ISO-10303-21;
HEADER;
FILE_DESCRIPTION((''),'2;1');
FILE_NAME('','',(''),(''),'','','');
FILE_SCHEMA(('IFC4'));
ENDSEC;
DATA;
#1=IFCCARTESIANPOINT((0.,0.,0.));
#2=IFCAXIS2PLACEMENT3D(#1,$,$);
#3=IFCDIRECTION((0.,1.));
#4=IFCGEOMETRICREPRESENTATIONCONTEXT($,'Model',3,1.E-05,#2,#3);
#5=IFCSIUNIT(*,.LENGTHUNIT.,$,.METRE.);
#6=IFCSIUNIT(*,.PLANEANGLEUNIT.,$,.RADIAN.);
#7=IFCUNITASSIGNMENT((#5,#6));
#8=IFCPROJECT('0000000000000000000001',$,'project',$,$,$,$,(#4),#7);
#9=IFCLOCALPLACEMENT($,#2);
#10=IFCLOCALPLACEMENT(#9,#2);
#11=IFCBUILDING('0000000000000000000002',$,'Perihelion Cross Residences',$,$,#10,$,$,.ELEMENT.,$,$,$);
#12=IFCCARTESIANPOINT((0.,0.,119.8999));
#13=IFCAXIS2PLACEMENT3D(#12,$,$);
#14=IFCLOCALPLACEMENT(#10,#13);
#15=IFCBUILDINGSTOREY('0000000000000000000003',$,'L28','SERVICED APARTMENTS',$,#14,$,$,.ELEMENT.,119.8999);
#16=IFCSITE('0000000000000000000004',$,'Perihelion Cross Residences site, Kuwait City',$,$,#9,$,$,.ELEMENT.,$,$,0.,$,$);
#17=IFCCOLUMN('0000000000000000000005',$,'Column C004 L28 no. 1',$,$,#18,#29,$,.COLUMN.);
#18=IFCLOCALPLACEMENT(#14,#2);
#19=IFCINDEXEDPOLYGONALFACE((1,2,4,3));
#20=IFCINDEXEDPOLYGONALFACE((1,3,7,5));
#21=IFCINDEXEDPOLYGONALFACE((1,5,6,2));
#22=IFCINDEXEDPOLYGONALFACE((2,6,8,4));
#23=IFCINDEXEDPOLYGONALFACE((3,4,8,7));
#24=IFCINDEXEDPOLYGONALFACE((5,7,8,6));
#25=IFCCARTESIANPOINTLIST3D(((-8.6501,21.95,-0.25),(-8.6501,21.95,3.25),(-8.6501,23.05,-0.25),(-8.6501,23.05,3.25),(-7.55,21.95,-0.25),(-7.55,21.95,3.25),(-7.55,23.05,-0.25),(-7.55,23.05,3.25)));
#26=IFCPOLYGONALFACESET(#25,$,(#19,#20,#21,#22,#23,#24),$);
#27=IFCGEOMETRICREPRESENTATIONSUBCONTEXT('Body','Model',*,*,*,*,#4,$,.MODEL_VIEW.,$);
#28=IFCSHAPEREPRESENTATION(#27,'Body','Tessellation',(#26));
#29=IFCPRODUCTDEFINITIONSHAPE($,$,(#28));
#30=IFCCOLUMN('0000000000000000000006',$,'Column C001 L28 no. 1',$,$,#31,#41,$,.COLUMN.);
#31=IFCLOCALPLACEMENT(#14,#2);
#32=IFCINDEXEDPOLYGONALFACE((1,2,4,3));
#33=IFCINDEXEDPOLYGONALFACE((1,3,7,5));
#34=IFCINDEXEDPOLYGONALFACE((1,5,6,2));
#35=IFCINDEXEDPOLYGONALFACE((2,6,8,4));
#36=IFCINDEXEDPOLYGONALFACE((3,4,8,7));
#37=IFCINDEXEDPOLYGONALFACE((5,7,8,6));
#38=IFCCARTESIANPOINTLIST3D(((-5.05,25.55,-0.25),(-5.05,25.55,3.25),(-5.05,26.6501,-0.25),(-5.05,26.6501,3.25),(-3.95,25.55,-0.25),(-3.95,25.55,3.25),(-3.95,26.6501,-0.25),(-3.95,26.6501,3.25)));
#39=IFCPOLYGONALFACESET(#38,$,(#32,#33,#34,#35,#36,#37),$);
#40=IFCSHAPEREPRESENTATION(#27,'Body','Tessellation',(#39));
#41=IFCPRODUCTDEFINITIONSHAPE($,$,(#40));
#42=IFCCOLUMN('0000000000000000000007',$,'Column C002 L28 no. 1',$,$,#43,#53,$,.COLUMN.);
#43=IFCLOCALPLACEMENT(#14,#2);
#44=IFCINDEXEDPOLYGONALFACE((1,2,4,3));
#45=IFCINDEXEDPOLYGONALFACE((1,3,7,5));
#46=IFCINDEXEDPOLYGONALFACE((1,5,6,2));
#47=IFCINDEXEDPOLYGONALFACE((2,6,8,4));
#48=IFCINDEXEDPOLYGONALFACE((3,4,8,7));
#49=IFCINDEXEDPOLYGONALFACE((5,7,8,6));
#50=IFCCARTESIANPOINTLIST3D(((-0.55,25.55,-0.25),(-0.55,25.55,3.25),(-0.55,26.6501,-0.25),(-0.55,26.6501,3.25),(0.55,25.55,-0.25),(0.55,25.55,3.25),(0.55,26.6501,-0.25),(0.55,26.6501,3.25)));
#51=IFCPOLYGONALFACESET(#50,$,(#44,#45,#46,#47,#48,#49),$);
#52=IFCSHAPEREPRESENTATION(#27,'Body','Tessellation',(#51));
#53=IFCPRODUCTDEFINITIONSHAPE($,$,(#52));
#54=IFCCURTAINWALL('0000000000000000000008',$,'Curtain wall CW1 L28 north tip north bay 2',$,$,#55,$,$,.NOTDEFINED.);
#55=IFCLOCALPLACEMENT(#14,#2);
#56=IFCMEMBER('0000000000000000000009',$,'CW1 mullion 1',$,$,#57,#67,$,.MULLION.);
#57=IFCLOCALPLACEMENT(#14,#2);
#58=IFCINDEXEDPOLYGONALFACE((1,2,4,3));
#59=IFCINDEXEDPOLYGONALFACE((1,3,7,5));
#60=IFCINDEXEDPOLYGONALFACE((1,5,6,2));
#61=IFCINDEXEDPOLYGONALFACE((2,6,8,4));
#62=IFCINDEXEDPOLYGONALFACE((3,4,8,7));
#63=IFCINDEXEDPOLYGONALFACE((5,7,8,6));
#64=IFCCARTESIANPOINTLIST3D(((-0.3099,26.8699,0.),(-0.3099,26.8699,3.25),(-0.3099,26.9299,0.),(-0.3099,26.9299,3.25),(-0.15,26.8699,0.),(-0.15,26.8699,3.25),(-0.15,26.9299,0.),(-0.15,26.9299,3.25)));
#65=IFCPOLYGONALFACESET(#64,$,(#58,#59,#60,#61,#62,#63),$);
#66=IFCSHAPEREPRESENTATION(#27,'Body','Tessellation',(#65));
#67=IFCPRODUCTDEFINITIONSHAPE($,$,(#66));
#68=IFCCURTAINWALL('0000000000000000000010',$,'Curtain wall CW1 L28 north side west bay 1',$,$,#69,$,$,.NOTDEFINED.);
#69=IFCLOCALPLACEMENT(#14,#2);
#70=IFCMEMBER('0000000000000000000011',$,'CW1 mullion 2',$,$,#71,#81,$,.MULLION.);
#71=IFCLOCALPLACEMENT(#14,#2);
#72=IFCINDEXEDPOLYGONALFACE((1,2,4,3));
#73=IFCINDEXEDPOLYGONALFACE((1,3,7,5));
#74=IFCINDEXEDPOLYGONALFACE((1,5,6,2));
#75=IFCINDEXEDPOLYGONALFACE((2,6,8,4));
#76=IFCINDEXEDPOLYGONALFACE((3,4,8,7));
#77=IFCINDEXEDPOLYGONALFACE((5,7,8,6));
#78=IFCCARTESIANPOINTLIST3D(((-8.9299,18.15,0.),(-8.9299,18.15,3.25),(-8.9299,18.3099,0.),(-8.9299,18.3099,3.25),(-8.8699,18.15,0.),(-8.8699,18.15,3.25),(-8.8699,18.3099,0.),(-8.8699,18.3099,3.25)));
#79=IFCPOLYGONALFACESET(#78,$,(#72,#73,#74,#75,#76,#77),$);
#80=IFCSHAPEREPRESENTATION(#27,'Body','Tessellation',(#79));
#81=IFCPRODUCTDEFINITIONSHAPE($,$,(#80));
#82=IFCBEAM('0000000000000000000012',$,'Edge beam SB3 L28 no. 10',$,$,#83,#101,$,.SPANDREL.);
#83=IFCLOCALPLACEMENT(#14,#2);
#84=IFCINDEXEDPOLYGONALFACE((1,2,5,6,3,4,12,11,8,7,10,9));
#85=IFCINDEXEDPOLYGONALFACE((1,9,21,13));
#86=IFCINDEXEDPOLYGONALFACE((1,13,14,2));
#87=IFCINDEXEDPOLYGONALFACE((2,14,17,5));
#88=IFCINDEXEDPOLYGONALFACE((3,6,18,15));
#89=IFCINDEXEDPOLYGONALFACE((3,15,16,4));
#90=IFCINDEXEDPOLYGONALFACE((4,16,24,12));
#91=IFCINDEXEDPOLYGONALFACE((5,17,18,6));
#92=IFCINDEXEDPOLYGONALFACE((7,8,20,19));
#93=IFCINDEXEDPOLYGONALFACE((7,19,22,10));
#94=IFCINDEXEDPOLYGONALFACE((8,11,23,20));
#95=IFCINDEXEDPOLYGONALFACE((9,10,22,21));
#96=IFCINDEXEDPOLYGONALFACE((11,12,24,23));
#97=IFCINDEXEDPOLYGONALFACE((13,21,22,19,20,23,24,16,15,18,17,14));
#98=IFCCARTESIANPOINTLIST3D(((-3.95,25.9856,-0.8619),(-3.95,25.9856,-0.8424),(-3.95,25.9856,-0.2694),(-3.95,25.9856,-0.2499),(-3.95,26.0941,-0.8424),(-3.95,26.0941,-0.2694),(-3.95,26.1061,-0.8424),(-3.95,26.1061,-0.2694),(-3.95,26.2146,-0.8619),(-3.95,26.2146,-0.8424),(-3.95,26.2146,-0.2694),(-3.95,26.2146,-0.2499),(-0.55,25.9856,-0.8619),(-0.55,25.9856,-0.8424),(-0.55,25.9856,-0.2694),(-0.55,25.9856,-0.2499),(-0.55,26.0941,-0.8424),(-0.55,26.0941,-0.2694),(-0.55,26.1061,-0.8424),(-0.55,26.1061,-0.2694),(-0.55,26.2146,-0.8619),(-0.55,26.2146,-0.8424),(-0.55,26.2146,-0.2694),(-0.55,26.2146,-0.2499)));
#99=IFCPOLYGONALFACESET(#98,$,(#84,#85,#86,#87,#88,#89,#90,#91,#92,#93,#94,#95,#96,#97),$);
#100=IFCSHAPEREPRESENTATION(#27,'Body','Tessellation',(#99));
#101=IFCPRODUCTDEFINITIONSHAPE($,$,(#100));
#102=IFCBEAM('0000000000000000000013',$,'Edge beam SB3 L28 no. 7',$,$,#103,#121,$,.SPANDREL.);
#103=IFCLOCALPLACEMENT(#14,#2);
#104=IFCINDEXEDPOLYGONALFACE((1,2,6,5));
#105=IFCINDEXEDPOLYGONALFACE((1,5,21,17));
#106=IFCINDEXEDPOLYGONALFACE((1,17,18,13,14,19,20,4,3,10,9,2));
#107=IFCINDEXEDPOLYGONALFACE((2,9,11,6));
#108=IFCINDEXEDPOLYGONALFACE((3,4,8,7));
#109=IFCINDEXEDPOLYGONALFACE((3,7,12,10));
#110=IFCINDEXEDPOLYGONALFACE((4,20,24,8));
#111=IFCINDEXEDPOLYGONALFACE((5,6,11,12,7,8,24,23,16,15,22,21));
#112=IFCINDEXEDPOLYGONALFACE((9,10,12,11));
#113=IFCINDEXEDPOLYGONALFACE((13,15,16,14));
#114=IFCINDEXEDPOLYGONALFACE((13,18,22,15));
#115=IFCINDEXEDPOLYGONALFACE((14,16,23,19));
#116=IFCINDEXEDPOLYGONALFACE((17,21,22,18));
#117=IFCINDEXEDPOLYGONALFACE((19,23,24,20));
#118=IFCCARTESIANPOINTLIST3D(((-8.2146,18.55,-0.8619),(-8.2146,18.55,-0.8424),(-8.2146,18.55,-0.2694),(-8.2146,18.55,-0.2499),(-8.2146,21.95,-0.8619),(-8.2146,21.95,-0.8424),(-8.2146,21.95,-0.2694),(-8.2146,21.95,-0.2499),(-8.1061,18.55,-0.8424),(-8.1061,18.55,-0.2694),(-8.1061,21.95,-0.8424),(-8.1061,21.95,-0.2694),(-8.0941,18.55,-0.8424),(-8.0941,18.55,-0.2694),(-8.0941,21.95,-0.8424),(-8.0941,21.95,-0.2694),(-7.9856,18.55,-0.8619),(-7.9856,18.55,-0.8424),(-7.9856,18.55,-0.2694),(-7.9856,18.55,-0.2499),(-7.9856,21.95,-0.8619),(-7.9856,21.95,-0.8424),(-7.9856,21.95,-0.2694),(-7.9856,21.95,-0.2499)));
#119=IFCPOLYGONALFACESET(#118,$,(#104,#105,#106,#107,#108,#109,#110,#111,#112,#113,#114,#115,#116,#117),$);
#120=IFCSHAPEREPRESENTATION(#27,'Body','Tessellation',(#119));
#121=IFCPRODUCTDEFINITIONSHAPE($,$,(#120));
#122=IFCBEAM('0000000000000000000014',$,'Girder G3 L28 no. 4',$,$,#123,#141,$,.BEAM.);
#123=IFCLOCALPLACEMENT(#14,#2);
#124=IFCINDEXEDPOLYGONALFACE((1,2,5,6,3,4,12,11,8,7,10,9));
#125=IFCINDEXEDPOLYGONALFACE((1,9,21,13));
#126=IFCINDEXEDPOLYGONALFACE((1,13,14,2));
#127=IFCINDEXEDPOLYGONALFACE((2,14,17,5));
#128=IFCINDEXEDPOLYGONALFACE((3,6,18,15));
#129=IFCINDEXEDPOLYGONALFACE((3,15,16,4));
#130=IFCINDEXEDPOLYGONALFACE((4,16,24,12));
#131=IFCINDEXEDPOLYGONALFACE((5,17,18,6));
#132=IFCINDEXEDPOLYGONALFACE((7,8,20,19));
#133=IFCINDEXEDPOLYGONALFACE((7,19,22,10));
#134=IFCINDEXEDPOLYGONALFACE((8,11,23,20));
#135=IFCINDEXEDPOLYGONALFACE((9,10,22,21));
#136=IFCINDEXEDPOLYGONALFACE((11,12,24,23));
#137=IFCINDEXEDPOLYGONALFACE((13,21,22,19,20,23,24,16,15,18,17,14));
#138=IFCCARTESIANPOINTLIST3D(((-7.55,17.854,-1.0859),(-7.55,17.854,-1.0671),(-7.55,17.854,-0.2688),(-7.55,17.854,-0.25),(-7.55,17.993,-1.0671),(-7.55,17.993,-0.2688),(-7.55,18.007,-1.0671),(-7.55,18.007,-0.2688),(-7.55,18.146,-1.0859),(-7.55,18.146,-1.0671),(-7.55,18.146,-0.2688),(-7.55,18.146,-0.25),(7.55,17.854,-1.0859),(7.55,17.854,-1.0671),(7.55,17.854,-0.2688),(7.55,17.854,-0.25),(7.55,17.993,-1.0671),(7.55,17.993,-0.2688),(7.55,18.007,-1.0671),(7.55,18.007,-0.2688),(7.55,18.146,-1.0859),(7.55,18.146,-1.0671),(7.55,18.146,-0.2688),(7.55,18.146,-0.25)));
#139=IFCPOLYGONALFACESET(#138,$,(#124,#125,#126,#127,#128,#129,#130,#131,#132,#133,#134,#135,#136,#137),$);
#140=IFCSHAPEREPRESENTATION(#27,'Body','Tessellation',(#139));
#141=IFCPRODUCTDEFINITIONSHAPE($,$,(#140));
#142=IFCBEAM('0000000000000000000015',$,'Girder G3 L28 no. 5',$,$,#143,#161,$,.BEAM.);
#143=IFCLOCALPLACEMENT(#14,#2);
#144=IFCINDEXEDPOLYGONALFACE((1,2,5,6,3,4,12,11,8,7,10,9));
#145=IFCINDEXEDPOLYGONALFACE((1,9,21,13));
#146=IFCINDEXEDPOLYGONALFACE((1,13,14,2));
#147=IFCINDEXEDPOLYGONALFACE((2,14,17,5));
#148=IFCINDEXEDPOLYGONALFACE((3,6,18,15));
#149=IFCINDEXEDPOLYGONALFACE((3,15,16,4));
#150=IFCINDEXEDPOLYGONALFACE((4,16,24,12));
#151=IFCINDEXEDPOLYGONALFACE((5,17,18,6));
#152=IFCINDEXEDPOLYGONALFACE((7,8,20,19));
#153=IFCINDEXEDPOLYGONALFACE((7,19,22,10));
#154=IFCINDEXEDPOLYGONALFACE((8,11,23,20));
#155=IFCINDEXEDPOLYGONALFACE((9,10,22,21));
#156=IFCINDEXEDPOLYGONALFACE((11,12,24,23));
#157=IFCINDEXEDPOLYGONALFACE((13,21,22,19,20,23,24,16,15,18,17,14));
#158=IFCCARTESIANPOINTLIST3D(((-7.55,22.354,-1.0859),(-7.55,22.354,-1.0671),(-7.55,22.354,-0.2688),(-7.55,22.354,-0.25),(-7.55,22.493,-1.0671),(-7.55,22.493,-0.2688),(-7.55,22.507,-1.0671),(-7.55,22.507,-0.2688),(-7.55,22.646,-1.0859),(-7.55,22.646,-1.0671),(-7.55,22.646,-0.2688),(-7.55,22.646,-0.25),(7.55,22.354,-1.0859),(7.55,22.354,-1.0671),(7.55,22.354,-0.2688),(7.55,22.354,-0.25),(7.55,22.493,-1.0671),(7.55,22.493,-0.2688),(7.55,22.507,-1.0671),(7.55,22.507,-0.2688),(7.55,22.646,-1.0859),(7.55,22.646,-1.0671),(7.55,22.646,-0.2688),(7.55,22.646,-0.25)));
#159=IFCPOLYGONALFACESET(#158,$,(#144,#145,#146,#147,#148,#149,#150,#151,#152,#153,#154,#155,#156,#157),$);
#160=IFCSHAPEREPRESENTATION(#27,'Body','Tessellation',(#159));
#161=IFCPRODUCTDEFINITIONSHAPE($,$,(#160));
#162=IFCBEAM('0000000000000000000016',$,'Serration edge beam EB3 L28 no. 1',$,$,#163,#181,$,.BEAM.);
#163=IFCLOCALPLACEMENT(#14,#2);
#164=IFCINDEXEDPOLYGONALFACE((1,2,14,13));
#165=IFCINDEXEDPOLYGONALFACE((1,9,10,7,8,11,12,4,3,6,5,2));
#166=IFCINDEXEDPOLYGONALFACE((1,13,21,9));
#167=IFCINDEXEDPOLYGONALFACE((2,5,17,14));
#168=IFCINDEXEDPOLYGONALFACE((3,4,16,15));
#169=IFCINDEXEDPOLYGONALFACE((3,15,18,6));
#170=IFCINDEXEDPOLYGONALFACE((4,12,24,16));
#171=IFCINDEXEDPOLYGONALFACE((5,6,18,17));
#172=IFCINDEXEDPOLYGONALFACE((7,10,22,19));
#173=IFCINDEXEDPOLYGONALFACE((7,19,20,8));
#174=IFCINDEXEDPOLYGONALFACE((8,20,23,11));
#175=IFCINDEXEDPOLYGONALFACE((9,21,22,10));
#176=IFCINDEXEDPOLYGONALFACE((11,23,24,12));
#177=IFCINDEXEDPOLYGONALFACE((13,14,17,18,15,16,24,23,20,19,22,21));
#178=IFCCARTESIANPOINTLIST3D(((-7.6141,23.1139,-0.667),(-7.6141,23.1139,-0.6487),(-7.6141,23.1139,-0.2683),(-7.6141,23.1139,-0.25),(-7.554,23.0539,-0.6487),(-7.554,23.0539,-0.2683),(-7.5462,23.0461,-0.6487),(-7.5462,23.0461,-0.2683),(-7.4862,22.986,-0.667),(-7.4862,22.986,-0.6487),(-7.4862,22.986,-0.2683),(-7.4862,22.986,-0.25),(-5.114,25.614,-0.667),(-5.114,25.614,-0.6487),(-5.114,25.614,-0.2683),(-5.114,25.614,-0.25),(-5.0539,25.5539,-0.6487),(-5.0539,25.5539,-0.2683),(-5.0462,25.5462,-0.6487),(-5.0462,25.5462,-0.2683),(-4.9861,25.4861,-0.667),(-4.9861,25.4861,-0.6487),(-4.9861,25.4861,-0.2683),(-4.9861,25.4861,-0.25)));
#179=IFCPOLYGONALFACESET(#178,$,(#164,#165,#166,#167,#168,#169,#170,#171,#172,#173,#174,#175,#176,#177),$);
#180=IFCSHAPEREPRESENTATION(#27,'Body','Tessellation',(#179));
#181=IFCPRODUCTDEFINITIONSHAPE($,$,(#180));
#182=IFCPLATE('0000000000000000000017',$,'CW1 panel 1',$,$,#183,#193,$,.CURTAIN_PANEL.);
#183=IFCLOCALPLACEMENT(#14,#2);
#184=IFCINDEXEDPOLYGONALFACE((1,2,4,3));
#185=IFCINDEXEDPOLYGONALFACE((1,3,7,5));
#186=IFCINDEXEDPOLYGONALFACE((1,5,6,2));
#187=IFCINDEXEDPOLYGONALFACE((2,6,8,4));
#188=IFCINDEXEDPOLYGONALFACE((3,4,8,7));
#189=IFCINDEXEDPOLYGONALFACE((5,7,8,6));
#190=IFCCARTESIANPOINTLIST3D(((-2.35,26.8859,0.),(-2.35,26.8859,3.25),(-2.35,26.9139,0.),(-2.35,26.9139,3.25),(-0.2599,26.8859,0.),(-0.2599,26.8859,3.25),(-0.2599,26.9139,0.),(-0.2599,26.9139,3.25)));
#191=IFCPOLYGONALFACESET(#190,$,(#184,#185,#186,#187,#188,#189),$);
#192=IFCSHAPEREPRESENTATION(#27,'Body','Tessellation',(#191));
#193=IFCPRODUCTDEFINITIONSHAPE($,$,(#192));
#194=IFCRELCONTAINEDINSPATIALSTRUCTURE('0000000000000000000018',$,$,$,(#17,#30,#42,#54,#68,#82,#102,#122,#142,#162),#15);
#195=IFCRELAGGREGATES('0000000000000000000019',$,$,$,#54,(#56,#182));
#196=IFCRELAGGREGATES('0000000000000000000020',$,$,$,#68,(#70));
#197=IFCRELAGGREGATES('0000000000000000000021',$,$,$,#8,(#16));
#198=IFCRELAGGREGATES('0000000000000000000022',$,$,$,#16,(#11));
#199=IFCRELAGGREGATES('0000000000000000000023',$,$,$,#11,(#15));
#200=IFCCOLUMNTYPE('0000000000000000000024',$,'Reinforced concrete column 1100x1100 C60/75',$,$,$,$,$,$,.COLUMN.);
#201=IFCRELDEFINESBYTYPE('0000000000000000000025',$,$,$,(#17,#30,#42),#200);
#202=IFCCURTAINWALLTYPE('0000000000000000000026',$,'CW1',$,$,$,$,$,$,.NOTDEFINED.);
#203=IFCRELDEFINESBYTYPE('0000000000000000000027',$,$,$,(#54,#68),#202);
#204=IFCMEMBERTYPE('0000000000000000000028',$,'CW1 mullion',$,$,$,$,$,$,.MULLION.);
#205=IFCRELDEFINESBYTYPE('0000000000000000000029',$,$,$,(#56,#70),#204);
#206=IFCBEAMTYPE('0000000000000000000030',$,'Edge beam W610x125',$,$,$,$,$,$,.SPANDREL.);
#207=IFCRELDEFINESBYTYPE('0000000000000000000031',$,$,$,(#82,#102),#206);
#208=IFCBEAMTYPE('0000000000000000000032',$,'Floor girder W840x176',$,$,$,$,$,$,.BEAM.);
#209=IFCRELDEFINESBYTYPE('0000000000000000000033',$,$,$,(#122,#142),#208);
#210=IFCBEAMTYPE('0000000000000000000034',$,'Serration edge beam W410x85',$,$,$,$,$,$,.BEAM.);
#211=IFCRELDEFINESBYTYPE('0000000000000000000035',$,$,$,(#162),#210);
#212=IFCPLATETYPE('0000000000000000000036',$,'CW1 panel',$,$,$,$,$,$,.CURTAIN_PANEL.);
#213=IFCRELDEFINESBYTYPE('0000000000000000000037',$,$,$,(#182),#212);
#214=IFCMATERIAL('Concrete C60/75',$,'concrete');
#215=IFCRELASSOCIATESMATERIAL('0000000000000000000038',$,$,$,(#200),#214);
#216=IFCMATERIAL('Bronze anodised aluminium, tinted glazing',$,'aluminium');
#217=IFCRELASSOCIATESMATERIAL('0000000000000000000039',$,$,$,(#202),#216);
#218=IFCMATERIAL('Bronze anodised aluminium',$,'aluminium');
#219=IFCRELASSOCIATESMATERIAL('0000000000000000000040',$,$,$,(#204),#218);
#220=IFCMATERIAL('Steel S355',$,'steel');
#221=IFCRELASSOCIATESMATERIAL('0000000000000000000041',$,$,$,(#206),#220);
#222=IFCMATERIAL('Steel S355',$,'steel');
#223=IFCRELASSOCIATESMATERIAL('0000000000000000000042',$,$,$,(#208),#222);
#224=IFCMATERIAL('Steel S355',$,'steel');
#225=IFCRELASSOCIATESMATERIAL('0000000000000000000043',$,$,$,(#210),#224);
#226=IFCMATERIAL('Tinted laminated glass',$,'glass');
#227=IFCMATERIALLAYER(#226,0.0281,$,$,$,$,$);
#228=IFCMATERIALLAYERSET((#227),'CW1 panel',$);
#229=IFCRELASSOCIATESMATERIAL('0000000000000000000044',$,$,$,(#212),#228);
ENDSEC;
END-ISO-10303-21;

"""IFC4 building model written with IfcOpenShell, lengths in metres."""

from ifc_helpers import new_model, si_unit, direction, frame, origin, origin_2d, place, context, subcontext, project, spatial, rectangle, i_section, extrude, material, layer, layer_set, material_profile, profile_set, type_object, element, aggregate, save


model = new_model("IFC4")

# Units and contexts
model_context = context("Model", 3, precision=1e-05, world=origin(), true_north=direction((0.0, 1.0)))
body_context = subcontext(model_context, "Body", "Model", "MODEL_VIEW")
ifc_project = project(units=[si_unit("LENGTHUNIT", "METRE"), si_unit("PLANEANGLEUNIT", "RADIAN")], contexts=[model_context])

# Site, building, storey
site_placement = place(None, origin())
site = spatial("IfcSite", under=ifc_project, at=site_placement, Name="Perihelion Cross Residences site, Kuwait City", CompositionType="ELEMENT", RefElevation=0.0)
building_placement = place(site_placement, origin())
building = spatial("IfcBuilding", under=site, at=building_placement, Name="Perihelion Cross Residences", CompositionType="ELEMENT")
storey_placement = place(building_placement, frame((0.0, 0.0, 119.8999)))
storey = spatial("IfcBuildingStorey", under=building, at=storey_placement, Name="L28", Description="SERVICED APARTMENTS", CompositionType="ELEMENT", Elevation=119.8999)

# Columns
ifc_material_1 = material(Name="Concrete C60/75", Category="concrete")
ifc_material_profile_1 = material_profile(ifc_material_1, rectangle(XDim=1.1001, YDim=1.1001, at=origin_2d()), Name="RC 1100x1100")
ifc_profile_set_1 = profile_set([ifc_material_profile_1], Name="Concrete C60/75")
column_type = type_object("IfcColumnType", Name="Reinforced concrete column 1100x1100 C60/75", PredefinedType="COLUMN", material=ifc_profile_set_1)
for number, where, z_axis, x_axis, name in (
    (1, (-8.1001, 22.5, -0.25), (0.0, 0.0, 1.0), (1.0, 0.0, 0.0), "Column C004 L28 no. 1"),
    (2, (-4.5, 26.1001, -0.25), (0.0, 0.0, 1.0), (1.0, 0.0, 0.0), "Column C001 L28 no. 1"),
    (3, (0.0, 26.1001, -0.25), (0.0, 0.0, 1.0), (1.0, 0.0, 0.0), "Column C002 L28 no. 1"),
):
    element("IfcColumn", number, at=place(storey_placement, frame(where, z_axis=z_axis, x_axis=x_axis)), inside=storey, type_object=column_type, Name=name, PredefinedType="COLUMN", context=body_context, shape_type="SweptSolid", body=[
        extrude(rectangle(XDim=1.1001, YDim=1.1001, at=origin_2d()), origin(), (0.0, 0.0, 1.0), 3.5),
    ])

# Curtain walls, members
ifc_material_2 = material(Name="Bronze anodised aluminium, tinted glazing", Category="aluminium")
curtain_wall_type = type_object("IfcCurtainWallType", Name="CW1", PredefinedType="NOTDEFINED", material=ifc_material_2)
curtain_wall_1_placement = place(storey_placement, origin())
curtain_wall_1 = element("IfcCurtainWall", 4, at=curtain_wall_1_placement, inside=storey, type_object=curtain_wall_type, Name="Curtain wall CW1 L28 north tip north bay 2", PredefinedType="NOTDEFINED")
ifc_material_3 = material(Name="Bronze anodised aluminium", Category="aluminium")
ifc_material_profile_2 = material_profile(ifc_material_3, rectangle(XDim=0.0601, YDim=0.1599, at=origin_2d()), Name="CW1 mullion")
ifc_profile_set_2 = profile_set([ifc_material_profile_2], Name="Bronze anodised aluminium")
member_type = type_object("IfcMemberType", Name="CW1 mullion", PredefinedType="MULLION", material=ifc_profile_set_2)
member_1_placement = place(storey_placement, frame((-0.23, 26.8999, 0.0), z_axis=(0.0, 0.0, 1.0), x_axis=(0.0, -1.0, 0.0)))
member_1 = element("IfcMember", 5, at=member_1_placement, type_object=member_type, Name="CW1 mullion 1", PredefinedType="MULLION", context=body_context, shape_type="SweptSolid", body=[
    extrude(rectangle(XDim=0.0601, YDim=0.1599, at=origin_2d()), origin(), (0.0, 0.0, 1.0), 3.25),
])
curtain_wall_2_placement = place(storey_placement, origin())
curtain_wall_2 = element("IfcCurtainWall", 6, at=curtain_wall_2_placement, inside=storey, type_object=curtain_wall_type, Name="Curtain wall CW1 L28 north side west bay 1", PredefinedType="NOTDEFINED")
member_2_placement = place(storey_placement, frame((-8.8999, 18.23, 0.0), z_axis=(0.0, 0.0, 1.0), x_axis=(1.0, 0.0, 0.0)))
member_2 = element("IfcMember", 7, at=member_2_placement, type_object=member_type, Name="CW1 mullion 2", PredefinedType="MULLION", context=body_context, shape_type="SweptSolid", body=[
    extrude(rectangle(XDim=0.0601, YDim=0.1599, at=origin_2d()), origin(), (0.0, 0.0, 1.0), 3.25),
])

# Beams
ifc_material_4 = material(Name="Steel S355", Category="steel")
ifc_material_profile_3 = material_profile(ifc_material_4, i_section(OverallWidth=0.229, OverallDepth=0.6121, WebThickness=0.012, FlangeThickness=0.0195, at=origin_2d()), Name="W610x125")
ifc_profile_set_3 = profile_set([ifc_material_profile_3], Name="Steel S355")
beam_type_1 = type_object("IfcBeamType", Name="Edge beam W610x125", PredefinedType="SPANDREL", material=ifc_profile_set_3)
for number, where, z_axis, x_axis, name in (
    (8, (-0.55, 26.1001, -0.5559), (-1.0, 0.0, 0.0), (0.0, -1.0, 0.0), "Edge beam SB3 L28 no. 10"),
    (9, (-8.1001, 21.95, -0.5559), (0.0, -1.0, 0.0), (1.0, 0.0, 0.0), "Edge beam SB3 L28 no. 7"),
):
    element("IfcBeam", number, at=place(storey_placement, frame(where, z_axis=z_axis, x_axis=x_axis)), inside=storey, type_object=beam_type_1, Name=name, PredefinedType="SPANDREL", context=body_context, shape_type="SweptSolid", body=[
        extrude(i_section(OverallWidth=0.229, OverallDepth=0.6121, WebThickness=0.012, FlangeThickness=0.0195, at=origin_2d()), origin(), (0.0, 0.0, 1.0), 3.3999),
    ])
ifc_material_5 = material(Name="Steel S355", Category="steel")
ifc_material_profile_4 = material_profile(ifc_material_5, i_section(OverallWidth=0.292, OverallDepth=0.8359, WebThickness=0.0139, FlangeThickness=0.0188, at=origin_2d()), Name="W840x176")
ifc_profile_set_4 = profile_set([ifc_material_profile_4], Name="Steel S355")
beam_type_2 = type_object("IfcBeamType", Name="Floor girder W840x176", PredefinedType="BEAM", material=ifc_profile_set_4)
for number, where, z_axis, x_axis, name in (
    (10, (-7.55, 18.0, -0.668), (1.0, 0.0, 0.0), (0.0, 1.0, 0.0), "Girder G3 L28 no. 4"),
    (11, (-7.55, 22.5, -0.668), (1.0, 0.0, 0.0), (0.0, 1.0, 0.0), "Girder G3 L28 no. 5"),
):
    element("IfcBeam", number, at=place(storey_placement, frame(where, z_axis=z_axis, x_axis=x_axis)), inside=storey, type_object=beam_type_2, Name=name, PredefinedType="BEAM", context=body_context, shape_type="SweptSolid", body=[
        extrude(i_section(OverallWidth=0.292, OverallDepth=0.8359, WebThickness=0.0139, FlangeThickness=0.0188, at=origin_2d()), origin(), (0.0, 0.0, 1.0), 15.1001),
    ])
ifc_material_6 = material(Name="Steel S355", Category="steel")
ifc_material_profile_5 = material_profile(ifc_material_6, i_section(OverallWidth=0.1809, OverallDepth=0.417, WebThickness=0.011, FlangeThickness=0.0183, at=origin_2d()), Name="W410x85")
ifc_profile_set_5 = profile_set([ifc_material_profile_5], Name="Steel S355")
beam_type_3 = type_object("IfcBeamType", Name="Serration edge beam W410x85", PredefinedType="BEAM", material=ifc_profile_set_5)
beam_placement = place(storey_placement, frame((-5.05, 25.55, -0.4585), z_axis=(-0.707107, -0.707107, 0.0), x_axis=(0.707107, -0.707107, 0.0)))
element("IfcBeam", 12, at=beam_placement, inside=storey, type_object=beam_type_3, Name="Serration edge beam EB3 L28 no. 1", PredefinedType="BEAM", context=body_context, shape_type="SweptSolid", body=[
    extrude(i_section(OverallWidth=0.1809, OverallDepth=0.417, WebThickness=0.011, FlangeThickness=0.0183, at=origin_2d()), origin(), (0.0, 0.0, 1.0), 3.5356),
])

# Plate
ifc_material_7 = material(Name="Tinted laminated glass", Category="glass")
ifc_layer_1 = layer(ifc_material_7, 0.0281)
ifc_layer_set_1 = layer_set([ifc_layer_1], Name="CW1 panel")
plate_type = type_object("IfcPlateType", Name="CW1 panel", PredefinedType="CURTAIN_PANEL", material=ifc_layer_set_1)
plate_1_placement = place(storey_placement, frame((-1.3049, 26.8999, 0.0), z_axis=(0.0, 0.0, 1.0), x_axis=(-1.0, 0.0, 0.0)))
plate_1 = element("IfcPlate", 13, at=plate_1_placement, type_object=plate_type, Name="CW1 panel 1", PredefinedType="CURTAIN_PANEL", context=body_context, shape_type="SweptSolid", body=[
    extrude(rectangle(XDim=2.0901, YDim=0.0281, at=origin_2d()), origin(), (0.0, 0.0, 1.0), 3.25),
])
aggregate(curtain_wall_1, [member_1, plate_1])
aggregate(curtain_wall_2, [member_2])

save(model, "model.ifc")
